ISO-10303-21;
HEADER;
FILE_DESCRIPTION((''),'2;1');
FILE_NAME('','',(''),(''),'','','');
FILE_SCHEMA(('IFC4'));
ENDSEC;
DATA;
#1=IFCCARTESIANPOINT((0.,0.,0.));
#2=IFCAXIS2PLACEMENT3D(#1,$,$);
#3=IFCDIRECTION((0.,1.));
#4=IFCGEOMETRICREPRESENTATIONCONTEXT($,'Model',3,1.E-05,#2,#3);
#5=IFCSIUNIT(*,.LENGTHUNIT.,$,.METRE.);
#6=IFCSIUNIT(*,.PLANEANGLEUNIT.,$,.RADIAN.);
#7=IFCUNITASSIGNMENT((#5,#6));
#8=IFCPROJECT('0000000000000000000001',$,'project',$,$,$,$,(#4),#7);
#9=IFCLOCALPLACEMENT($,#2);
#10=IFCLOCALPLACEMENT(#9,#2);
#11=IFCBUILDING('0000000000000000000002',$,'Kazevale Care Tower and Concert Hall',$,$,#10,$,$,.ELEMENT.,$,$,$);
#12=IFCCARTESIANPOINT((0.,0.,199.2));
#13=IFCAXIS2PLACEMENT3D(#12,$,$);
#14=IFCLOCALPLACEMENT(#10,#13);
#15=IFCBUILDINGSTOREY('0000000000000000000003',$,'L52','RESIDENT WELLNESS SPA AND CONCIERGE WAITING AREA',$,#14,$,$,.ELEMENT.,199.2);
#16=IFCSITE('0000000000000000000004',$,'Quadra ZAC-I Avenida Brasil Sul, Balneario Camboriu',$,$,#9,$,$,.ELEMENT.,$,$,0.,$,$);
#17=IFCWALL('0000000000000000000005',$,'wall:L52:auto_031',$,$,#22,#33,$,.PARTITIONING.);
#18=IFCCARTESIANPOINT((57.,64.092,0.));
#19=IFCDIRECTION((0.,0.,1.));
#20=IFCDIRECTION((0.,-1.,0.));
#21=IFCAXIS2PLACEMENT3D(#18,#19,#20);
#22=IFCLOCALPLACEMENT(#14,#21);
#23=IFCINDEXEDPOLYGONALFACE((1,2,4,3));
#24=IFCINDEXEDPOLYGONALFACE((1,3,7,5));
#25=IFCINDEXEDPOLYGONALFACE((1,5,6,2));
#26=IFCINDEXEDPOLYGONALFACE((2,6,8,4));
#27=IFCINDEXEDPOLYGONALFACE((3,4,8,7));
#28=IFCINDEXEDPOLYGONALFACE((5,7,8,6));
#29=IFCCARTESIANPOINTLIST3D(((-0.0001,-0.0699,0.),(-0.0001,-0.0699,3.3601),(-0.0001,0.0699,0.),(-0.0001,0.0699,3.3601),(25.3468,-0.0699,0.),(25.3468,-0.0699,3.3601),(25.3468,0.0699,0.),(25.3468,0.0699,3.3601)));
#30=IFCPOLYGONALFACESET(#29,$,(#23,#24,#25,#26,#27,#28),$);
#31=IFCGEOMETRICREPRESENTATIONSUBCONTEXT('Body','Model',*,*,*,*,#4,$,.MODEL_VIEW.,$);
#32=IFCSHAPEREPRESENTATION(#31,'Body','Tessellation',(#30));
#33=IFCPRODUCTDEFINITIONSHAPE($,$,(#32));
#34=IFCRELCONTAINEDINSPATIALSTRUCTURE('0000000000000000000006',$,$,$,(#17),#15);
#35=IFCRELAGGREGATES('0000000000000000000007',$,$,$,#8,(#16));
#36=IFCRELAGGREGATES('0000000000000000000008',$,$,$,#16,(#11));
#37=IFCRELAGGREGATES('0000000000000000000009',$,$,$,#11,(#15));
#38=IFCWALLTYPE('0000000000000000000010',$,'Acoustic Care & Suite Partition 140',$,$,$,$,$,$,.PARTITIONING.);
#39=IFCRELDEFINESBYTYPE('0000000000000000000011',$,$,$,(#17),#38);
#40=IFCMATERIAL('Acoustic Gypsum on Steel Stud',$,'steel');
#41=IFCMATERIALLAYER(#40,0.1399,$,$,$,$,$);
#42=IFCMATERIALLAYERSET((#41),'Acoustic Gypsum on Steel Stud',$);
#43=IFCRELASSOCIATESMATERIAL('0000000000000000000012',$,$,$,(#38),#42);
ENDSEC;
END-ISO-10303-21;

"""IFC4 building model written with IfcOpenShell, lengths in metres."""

from ifc_helpers import new_model, si_unit, direction, frame, frame_2d, origin, place, context, subcontext, project, spatial, rectangle, extrude, material, layer, layer_set, type_object, element, save


model = new_model("IFC4")

# Units and contexts
model_context = context("Model", 3, precision=1e-05, world=origin(), true_north=direction((0.0, 1.0)))
body_context = subcontext(model_context, "Body", "Model", "MODEL_VIEW")
ifc_project = project(units=[si_unit("LENGTHUNIT", "METRE"), si_unit("PLANEANGLEUNIT", "RADIAN")], contexts=[model_context])

# Site, building, storey
site_placement = place(None, origin())
site = spatial("IfcSite", under=ifc_project, at=site_placement, Name="Quadra ZAC-I Avenida Brasil Sul, Balneario Camboriu", CompositionType="ELEMENT", RefElevation=0.0)
building_placement = place(site_placement, origin())
building = spatial("IfcBuilding", under=site, at=building_placement, Name="Kazevale Care Tower and Concert Hall", CompositionType="ELEMENT")
storey_placement = place(building_placement, frame((0.0, 0.0, 199.2)))
storey = spatial("IfcBuildingStorey", under=building, at=storey_placement, Name="L52", Description="RESIDENT WELLNESS SPA AND CONCIERGE WAITING AREA", CompositionType="ELEMENT", Elevation=199.2)

# Wall
ifc_material_1 = material(Name="Acoustic Gypsum on Steel Stud", Category="steel")
ifc_layer_1 = layer(ifc_material_1, 0.1399)
ifc_layer_set_1 = layer_set([ifc_layer_1], Name="Acoustic Gypsum on Steel Stud")
wall_type_1 = type_object("IfcWallType", Name="Acoustic Care & Suite Partition 140", PredefinedType="PARTITIONING", material=ifc_layer_set_1)
wall_1_placement = place(storey_placement, frame((57.0, 64.092, 0.0), z_axis=(0.0, 0.0, 1.0), x_axis=(0.0, -1.0, 0.0)))
element("IfcWall", 1, at=wall_1_placement, inside=storey, type_object=wall_type_1, Name="wall:L52:auto_031", PredefinedType="PARTITIONING", context=body_context, shape_type="SweptSolid", body=[
    extrude(rectangle(XDim=25.3469, YDim=0.1399, at=frame_2d((12.6733, 0.0))), origin(), (0.0, 0.0, 1.0), 3.3601),
])

save(model, "model.ifc")
